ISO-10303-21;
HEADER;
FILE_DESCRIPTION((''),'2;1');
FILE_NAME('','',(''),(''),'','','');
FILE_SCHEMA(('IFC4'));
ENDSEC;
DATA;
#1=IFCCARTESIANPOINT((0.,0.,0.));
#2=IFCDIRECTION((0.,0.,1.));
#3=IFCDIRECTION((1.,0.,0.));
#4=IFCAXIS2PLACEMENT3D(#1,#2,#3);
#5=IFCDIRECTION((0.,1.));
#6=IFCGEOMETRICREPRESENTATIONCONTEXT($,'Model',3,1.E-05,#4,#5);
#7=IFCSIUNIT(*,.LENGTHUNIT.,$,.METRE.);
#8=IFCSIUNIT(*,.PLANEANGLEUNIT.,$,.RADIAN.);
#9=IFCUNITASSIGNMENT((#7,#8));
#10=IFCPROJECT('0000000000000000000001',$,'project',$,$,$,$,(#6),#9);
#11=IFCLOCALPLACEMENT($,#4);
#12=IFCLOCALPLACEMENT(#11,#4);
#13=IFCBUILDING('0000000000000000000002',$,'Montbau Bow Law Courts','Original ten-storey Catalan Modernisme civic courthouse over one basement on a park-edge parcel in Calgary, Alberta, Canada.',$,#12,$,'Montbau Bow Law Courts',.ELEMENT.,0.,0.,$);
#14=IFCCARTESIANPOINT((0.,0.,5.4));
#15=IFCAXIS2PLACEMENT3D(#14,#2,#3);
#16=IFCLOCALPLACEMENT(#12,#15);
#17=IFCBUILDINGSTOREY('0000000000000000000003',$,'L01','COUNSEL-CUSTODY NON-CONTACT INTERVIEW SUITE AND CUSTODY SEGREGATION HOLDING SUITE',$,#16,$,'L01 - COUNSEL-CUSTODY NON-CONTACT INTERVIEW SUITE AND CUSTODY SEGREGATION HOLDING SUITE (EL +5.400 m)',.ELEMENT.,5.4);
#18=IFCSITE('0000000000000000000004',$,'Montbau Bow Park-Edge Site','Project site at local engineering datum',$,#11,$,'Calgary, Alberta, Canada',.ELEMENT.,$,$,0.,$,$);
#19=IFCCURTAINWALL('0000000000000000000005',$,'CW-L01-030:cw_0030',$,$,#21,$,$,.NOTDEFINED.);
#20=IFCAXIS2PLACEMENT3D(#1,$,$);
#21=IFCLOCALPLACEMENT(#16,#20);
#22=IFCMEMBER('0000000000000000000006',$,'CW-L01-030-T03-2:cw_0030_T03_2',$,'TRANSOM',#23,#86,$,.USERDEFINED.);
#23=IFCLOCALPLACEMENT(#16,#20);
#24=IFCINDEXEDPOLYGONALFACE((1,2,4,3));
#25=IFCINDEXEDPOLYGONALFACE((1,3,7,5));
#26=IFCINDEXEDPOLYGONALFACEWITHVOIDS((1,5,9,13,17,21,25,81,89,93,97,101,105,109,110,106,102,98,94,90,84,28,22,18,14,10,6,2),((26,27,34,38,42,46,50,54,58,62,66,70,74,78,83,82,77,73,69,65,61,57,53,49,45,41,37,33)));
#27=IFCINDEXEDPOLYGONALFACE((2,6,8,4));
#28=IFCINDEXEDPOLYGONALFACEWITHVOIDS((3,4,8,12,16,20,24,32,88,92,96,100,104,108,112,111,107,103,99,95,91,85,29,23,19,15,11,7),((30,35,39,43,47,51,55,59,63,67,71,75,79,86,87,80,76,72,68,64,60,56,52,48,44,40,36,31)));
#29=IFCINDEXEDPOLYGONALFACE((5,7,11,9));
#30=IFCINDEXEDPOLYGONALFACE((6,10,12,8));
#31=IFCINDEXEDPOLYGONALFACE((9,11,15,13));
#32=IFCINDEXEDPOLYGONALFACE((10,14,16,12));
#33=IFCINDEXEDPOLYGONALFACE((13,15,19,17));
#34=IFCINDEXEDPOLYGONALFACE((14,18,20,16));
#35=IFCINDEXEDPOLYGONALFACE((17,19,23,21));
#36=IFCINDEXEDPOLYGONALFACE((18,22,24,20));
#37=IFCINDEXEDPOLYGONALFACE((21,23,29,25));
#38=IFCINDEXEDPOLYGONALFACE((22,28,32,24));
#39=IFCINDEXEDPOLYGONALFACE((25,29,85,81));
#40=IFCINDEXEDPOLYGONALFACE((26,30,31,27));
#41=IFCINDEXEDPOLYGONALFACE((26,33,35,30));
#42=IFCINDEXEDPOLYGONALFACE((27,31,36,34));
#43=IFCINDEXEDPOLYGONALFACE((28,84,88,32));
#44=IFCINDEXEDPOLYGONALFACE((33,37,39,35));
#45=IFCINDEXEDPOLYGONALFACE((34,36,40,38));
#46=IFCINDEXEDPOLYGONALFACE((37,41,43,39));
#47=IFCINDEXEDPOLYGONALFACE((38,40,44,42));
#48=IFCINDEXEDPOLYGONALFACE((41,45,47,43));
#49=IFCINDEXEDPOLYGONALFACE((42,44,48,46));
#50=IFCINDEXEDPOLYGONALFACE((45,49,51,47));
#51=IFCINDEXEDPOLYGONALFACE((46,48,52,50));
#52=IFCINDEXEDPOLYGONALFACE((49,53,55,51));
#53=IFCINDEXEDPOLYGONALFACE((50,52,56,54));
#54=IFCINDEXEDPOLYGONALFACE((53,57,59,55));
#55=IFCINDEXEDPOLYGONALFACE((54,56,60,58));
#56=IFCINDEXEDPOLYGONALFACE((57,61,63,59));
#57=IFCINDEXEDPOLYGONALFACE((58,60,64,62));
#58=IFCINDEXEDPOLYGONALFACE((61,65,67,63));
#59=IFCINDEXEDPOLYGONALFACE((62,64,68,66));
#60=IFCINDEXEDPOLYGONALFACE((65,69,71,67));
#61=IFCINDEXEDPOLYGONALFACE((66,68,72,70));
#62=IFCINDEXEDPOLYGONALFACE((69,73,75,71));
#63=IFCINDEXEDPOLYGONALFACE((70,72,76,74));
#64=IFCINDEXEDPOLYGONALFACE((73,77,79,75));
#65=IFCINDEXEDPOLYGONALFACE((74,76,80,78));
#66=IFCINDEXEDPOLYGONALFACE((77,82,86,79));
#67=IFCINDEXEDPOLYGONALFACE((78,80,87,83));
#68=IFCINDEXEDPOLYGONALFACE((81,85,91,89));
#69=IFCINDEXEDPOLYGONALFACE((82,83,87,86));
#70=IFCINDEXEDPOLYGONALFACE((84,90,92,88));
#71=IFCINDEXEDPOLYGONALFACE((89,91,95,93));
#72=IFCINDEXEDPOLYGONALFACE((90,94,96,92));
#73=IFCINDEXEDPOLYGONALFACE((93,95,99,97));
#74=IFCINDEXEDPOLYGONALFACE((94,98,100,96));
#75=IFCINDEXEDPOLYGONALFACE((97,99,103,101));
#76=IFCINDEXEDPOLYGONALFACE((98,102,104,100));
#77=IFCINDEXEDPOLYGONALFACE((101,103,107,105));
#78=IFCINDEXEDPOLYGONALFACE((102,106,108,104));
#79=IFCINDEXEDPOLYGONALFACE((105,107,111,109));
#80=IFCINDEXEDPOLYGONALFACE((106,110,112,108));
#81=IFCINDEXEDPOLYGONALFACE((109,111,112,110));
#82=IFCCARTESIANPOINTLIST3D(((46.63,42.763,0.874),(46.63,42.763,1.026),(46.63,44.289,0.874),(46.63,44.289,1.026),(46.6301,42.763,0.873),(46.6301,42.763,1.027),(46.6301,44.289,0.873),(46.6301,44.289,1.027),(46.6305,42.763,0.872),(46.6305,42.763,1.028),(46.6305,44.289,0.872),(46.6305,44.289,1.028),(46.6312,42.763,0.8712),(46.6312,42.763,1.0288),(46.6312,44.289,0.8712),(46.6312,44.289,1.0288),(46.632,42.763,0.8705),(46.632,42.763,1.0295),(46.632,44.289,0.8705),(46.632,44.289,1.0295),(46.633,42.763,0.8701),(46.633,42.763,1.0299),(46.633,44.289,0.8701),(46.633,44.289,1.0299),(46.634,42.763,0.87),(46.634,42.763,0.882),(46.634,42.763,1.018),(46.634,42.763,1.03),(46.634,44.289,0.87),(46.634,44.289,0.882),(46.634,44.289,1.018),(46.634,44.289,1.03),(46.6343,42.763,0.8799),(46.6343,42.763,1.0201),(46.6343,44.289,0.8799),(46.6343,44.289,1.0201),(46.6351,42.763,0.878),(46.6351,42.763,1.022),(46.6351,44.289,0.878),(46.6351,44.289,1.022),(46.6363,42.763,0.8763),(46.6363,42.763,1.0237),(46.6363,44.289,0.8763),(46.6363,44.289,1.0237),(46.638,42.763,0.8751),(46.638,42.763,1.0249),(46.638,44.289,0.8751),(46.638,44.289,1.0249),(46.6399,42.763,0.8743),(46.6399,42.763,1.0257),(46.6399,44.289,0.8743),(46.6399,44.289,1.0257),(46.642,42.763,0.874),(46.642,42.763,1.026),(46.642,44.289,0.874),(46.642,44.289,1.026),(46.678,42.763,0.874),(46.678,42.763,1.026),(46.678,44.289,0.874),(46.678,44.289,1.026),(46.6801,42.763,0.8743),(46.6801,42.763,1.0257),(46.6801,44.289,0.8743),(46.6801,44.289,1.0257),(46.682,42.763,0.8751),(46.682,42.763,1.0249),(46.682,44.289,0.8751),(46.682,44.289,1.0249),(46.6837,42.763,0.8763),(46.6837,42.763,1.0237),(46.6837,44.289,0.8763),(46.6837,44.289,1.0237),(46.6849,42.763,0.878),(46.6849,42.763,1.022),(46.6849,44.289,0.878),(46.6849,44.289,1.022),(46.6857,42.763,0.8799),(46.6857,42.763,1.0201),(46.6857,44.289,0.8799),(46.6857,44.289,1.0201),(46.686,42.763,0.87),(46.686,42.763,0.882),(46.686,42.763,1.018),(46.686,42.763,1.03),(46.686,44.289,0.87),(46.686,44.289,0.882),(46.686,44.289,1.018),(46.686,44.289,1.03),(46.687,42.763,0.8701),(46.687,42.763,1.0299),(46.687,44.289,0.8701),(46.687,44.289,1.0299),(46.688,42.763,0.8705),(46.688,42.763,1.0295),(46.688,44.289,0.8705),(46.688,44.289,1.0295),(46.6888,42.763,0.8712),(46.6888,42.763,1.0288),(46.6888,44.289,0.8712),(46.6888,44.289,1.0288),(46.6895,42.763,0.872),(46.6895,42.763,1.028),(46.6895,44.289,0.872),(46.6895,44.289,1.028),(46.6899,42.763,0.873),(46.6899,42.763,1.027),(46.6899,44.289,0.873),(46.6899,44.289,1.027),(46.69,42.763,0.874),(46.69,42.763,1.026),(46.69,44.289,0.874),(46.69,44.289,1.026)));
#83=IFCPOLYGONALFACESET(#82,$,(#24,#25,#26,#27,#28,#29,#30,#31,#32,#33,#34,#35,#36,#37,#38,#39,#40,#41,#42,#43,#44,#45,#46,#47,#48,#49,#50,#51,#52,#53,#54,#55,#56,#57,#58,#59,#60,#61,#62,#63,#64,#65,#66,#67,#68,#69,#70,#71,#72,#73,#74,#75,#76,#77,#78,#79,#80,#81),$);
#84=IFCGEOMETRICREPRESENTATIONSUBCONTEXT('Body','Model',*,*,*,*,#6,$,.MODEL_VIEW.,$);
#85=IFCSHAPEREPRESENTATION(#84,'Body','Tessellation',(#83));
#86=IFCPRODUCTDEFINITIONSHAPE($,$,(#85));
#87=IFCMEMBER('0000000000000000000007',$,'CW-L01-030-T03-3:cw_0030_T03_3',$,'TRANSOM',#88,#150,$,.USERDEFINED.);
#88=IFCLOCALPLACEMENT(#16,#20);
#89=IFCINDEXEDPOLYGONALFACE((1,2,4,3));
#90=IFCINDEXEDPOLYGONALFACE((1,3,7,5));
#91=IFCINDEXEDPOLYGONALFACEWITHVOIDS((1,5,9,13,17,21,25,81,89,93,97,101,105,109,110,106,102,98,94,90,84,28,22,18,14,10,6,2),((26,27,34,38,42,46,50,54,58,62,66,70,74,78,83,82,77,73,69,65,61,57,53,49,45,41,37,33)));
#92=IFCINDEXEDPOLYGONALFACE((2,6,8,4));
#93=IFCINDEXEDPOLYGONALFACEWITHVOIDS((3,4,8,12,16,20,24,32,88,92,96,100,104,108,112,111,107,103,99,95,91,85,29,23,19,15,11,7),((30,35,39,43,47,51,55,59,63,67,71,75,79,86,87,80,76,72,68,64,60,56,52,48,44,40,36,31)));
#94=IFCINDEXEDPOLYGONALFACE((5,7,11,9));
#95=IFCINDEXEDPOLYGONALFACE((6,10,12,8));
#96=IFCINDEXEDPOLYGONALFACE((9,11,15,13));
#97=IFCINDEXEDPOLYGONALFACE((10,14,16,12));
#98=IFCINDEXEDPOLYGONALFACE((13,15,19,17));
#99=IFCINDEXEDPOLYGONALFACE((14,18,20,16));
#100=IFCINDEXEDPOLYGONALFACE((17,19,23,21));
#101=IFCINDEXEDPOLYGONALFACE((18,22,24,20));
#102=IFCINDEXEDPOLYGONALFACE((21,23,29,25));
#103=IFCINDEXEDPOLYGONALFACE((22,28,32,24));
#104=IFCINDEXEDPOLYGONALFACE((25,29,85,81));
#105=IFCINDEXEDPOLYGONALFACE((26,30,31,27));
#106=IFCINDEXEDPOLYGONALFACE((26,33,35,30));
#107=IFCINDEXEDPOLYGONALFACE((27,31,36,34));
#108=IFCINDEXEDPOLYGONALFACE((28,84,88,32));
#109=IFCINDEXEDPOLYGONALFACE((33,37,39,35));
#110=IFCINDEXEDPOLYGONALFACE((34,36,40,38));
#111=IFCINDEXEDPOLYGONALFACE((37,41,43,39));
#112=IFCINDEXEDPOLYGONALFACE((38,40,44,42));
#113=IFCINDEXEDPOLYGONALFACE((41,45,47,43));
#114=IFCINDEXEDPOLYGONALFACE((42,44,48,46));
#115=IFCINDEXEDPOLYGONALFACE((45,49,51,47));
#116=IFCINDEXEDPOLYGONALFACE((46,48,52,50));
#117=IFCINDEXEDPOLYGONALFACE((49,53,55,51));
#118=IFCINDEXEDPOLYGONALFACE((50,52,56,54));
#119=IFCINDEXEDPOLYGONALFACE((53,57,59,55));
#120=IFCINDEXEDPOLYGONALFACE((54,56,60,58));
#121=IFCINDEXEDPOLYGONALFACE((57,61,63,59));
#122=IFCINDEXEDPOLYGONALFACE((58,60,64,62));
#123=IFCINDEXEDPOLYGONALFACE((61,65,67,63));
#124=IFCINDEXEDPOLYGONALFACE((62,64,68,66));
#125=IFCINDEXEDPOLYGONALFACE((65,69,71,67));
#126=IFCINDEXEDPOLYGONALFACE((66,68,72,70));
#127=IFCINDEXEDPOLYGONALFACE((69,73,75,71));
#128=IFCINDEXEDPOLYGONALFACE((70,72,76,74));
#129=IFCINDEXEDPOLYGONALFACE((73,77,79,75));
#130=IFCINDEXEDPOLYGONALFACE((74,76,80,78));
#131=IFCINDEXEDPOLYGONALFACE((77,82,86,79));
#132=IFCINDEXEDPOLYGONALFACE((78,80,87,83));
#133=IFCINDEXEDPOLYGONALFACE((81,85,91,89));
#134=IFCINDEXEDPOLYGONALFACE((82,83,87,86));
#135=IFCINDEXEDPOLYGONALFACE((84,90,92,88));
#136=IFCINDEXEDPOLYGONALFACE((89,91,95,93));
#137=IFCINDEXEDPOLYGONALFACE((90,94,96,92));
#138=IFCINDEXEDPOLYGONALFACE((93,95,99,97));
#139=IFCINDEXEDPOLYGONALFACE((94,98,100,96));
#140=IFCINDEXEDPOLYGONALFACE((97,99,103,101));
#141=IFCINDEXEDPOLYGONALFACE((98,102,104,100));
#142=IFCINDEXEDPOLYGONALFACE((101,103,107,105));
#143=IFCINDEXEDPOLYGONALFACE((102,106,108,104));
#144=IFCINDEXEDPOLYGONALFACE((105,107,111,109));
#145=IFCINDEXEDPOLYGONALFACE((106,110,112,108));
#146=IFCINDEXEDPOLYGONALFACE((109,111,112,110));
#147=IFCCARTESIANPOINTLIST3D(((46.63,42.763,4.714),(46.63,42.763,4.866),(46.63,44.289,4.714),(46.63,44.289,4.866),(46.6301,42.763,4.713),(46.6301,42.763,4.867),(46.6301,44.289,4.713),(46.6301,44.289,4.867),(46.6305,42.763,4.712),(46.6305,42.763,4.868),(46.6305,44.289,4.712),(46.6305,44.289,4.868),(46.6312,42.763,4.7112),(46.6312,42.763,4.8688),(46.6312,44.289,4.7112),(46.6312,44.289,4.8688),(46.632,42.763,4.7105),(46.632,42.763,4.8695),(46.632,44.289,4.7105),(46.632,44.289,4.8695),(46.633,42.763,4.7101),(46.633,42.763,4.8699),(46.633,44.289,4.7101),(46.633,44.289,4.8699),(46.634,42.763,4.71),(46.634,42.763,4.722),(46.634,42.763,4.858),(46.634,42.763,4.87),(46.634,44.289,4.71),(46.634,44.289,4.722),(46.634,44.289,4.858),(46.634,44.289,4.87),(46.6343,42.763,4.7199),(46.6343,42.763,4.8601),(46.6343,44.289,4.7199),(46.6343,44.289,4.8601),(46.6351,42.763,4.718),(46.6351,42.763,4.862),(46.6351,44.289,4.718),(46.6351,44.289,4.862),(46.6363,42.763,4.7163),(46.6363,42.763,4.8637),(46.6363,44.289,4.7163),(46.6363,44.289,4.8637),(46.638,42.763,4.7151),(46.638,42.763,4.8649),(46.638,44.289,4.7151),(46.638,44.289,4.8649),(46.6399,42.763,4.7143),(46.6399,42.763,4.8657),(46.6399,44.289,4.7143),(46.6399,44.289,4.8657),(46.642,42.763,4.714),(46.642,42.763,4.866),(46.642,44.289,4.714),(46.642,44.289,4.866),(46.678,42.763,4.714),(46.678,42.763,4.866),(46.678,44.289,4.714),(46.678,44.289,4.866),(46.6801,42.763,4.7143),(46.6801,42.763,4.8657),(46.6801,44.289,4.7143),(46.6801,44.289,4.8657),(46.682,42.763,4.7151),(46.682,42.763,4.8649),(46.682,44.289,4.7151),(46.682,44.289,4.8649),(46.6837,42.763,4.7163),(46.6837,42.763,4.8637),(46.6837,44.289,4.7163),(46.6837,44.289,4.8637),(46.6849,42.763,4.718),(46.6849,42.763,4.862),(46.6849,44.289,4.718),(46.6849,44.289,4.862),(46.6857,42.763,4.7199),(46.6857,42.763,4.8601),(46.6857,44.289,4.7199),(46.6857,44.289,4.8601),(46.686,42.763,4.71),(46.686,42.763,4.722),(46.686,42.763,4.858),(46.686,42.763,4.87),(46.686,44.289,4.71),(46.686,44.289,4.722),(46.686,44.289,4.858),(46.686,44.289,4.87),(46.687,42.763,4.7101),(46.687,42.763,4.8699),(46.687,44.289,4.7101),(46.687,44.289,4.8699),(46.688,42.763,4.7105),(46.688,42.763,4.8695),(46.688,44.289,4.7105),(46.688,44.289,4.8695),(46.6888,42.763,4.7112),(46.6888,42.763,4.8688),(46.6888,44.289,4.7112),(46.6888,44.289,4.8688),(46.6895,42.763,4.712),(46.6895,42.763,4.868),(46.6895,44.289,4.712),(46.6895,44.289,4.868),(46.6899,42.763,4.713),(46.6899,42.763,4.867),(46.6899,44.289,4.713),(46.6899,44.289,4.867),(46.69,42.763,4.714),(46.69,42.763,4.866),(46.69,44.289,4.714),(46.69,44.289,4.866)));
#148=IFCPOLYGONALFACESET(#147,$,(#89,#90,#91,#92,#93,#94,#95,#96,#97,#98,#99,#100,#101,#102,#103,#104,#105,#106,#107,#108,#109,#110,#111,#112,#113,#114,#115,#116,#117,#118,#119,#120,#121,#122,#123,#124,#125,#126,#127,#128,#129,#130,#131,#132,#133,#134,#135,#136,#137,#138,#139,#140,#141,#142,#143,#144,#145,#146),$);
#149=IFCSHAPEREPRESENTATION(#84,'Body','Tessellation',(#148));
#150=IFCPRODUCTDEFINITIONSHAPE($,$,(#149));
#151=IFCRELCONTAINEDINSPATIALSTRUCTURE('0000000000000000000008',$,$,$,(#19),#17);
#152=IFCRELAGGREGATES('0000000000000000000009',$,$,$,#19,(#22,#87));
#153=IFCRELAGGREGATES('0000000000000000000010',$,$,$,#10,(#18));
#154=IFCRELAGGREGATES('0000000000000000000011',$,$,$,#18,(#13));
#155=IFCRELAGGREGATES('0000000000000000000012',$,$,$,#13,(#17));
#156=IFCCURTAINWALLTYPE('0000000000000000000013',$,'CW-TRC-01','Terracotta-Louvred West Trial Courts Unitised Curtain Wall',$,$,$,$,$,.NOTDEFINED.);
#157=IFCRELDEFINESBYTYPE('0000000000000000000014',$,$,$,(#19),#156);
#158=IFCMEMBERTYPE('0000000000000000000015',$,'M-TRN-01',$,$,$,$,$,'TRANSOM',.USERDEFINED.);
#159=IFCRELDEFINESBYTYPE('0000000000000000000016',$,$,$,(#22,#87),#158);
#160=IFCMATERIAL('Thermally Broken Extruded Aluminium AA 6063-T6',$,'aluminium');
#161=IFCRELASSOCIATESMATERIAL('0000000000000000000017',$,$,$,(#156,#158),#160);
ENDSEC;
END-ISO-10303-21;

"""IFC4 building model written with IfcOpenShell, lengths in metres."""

from ifc_helpers import new_model, si_unit, direction, frame, origin_with_axes, origin_2d_with_axis, place, context, subcontext, project, spatial, hollow_rectangle, extrude, material, material_profile, profile_set, type_object, element, aggregate, save


model = new_model("IFC4")

# Units and contexts
model_context = context("Model", 3, precision=1e-05, world=origin_with_axes(), true_north=direction((0.0, 1.0)))
body_context = subcontext(model_context, "Body", "Model", "MODEL_VIEW")
ifc_project = project(units=[si_unit("LENGTHUNIT", "METRE"), si_unit("PLANEANGLEUNIT", "RADIAN")], contexts=[model_context])

# Site, building, storey
site_placement = place(None, origin_with_axes())
site = spatial("IfcSite", under=ifc_project, at=site_placement, Name="Montbau Bow Park-Edge Site", Description="Project site at local engineering datum", LongName="Calgary, Alberta, Canada", CompositionType="ELEMENT", RefElevation=0.0)
building_placement = place(site_placement, origin_with_axes())
building = spatial("IfcBuilding", under=site, at=building_placement, Name="Montbau Bow Law Courts", Description="Original ten-storey Catalan Modernisme civic courthouse over one basement on a park-edge parcel in Calgary, Alberta, Canada.", LongName="Montbau Bow Law Courts", CompositionType="ELEMENT", ElevationOfRefHeight=0.0, ElevationOfTerrain=0.0)
storey_placement = place(building_placement, frame((0.0, 0.0, 5.4), z_axis=(0.0, 0.0, 1.0), x_axis=(1.0, 0.0, 0.0)))
storey = spatial("IfcBuildingStorey", under=building, at=storey_placement, Name="L01", Description="COUNSEL-CUSTODY NON-CONTACT INTERVIEW SUITE AND CUSTODY SEGREGATION HOLDING SUITE", LongName="L01 - COUNSEL-CUSTODY NON-CONTACT INTERVIEW SUITE AND CUSTODY SEGREGATION HOLDING SUITE (EL +5.400 m)", CompositionType="ELEMENT", Elevation=5.4)

# Curtain wall, members
ifc_material_1 = material(Name="Thermally Broken Extruded Aluminium AA 6063-T6", Category="aluminium")
curtain_wall_type_1 = type_object("IfcCurtainWallType", Name="CW-TRC-01", Description="Terracotta-Louvred West Trial Courts Unitised Curtain Wall", PredefinedType="NOTDEFINED", material=ifc_material_1)
curtain_wall_1_placement = place(None, frame((46.66, 39.515, 5.4), z_axis=(0.0, 0.0, 1.0), x_axis=(1.0, 0.0, 0.0)))
curtain_wall_1 = element("IfcCurtainWall", 1, at=curtain_wall_1_placement, inside=storey, type_object=curtain_wall_type_1, Name="CW-L01-030:cw_0030", PredefinedType="NOTDEFINED")
ifc_material_profile_1 = material_profile(ifc_material_1, hollow_rectangle(XDim=0.06, YDim=0.16, WallThickness=0.004, InnerFilletRadius=0.008, OuterFilletRadius=0.004, at=origin_2d_with_axis()), Name="CWT-160X60", Category="Main", Priority=0)
ifc_profile_set_1 = profile_set([ifc_material_profile_1], Name="Thermally Broken Extruded Aluminium AA 6063-T6")
member_type_1 = type_object("IfcMemberType", Name="M-TRN-01", ElementType="TRANSOM", PredefinedType="USERDEFINED", material=ifc_profile_set_1)
member_1_placement = place(None, frame((46.66, 42.763, 6.35), z_axis=(0.0, 1.0, 0.0), x_axis=(-1.0, 0.0, 0.0)))
member_1 = element("IfcMember", 2, at=member_1_placement, type_object=member_type_1, Name="CW-L01-030-T03-2:cw_0030_T03_2", ObjectType="TRANSOM", PredefinedType="USERDEFINED", context=body_context, shape_type="SweptSolid", body=[
    extrude(hollow_rectangle(XDim=0.06, YDim=0.16, WallThickness=0.004, InnerFilletRadius=0.008, OuterFilletRadius=0.004, at=origin_2d_with_axis()), origin_with_axes(), (0.0, 0.0, 1.0), 1.526),
])
member_2_placement = place(None, frame((46.66, 42.763, 10.19), z_axis=(0.0, 1.0, 0.0), x_axis=(-1.0, 0.0, 0.0)))
member_2 = element("IfcMember", 3, at=member_2_placement, type_object=member_type_1, Name="CW-L01-030-T03-3:cw_0030_T03_3", ObjectType="TRANSOM", PredefinedType="USERDEFINED", context=body_context, shape_type="SweptSolid", body=[
    extrude(hollow_rectangle(XDim=0.06, YDim=0.16, WallThickness=0.004, InnerFilletRadius=0.008, OuterFilletRadius=0.004, at=origin_2d_with_axis()), origin_with_axes(), (0.0, 0.0, 1.0), 1.526),
])

aggregate(curtain_wall_1, [member_1, member_2])

save(model, "model.ifc")
